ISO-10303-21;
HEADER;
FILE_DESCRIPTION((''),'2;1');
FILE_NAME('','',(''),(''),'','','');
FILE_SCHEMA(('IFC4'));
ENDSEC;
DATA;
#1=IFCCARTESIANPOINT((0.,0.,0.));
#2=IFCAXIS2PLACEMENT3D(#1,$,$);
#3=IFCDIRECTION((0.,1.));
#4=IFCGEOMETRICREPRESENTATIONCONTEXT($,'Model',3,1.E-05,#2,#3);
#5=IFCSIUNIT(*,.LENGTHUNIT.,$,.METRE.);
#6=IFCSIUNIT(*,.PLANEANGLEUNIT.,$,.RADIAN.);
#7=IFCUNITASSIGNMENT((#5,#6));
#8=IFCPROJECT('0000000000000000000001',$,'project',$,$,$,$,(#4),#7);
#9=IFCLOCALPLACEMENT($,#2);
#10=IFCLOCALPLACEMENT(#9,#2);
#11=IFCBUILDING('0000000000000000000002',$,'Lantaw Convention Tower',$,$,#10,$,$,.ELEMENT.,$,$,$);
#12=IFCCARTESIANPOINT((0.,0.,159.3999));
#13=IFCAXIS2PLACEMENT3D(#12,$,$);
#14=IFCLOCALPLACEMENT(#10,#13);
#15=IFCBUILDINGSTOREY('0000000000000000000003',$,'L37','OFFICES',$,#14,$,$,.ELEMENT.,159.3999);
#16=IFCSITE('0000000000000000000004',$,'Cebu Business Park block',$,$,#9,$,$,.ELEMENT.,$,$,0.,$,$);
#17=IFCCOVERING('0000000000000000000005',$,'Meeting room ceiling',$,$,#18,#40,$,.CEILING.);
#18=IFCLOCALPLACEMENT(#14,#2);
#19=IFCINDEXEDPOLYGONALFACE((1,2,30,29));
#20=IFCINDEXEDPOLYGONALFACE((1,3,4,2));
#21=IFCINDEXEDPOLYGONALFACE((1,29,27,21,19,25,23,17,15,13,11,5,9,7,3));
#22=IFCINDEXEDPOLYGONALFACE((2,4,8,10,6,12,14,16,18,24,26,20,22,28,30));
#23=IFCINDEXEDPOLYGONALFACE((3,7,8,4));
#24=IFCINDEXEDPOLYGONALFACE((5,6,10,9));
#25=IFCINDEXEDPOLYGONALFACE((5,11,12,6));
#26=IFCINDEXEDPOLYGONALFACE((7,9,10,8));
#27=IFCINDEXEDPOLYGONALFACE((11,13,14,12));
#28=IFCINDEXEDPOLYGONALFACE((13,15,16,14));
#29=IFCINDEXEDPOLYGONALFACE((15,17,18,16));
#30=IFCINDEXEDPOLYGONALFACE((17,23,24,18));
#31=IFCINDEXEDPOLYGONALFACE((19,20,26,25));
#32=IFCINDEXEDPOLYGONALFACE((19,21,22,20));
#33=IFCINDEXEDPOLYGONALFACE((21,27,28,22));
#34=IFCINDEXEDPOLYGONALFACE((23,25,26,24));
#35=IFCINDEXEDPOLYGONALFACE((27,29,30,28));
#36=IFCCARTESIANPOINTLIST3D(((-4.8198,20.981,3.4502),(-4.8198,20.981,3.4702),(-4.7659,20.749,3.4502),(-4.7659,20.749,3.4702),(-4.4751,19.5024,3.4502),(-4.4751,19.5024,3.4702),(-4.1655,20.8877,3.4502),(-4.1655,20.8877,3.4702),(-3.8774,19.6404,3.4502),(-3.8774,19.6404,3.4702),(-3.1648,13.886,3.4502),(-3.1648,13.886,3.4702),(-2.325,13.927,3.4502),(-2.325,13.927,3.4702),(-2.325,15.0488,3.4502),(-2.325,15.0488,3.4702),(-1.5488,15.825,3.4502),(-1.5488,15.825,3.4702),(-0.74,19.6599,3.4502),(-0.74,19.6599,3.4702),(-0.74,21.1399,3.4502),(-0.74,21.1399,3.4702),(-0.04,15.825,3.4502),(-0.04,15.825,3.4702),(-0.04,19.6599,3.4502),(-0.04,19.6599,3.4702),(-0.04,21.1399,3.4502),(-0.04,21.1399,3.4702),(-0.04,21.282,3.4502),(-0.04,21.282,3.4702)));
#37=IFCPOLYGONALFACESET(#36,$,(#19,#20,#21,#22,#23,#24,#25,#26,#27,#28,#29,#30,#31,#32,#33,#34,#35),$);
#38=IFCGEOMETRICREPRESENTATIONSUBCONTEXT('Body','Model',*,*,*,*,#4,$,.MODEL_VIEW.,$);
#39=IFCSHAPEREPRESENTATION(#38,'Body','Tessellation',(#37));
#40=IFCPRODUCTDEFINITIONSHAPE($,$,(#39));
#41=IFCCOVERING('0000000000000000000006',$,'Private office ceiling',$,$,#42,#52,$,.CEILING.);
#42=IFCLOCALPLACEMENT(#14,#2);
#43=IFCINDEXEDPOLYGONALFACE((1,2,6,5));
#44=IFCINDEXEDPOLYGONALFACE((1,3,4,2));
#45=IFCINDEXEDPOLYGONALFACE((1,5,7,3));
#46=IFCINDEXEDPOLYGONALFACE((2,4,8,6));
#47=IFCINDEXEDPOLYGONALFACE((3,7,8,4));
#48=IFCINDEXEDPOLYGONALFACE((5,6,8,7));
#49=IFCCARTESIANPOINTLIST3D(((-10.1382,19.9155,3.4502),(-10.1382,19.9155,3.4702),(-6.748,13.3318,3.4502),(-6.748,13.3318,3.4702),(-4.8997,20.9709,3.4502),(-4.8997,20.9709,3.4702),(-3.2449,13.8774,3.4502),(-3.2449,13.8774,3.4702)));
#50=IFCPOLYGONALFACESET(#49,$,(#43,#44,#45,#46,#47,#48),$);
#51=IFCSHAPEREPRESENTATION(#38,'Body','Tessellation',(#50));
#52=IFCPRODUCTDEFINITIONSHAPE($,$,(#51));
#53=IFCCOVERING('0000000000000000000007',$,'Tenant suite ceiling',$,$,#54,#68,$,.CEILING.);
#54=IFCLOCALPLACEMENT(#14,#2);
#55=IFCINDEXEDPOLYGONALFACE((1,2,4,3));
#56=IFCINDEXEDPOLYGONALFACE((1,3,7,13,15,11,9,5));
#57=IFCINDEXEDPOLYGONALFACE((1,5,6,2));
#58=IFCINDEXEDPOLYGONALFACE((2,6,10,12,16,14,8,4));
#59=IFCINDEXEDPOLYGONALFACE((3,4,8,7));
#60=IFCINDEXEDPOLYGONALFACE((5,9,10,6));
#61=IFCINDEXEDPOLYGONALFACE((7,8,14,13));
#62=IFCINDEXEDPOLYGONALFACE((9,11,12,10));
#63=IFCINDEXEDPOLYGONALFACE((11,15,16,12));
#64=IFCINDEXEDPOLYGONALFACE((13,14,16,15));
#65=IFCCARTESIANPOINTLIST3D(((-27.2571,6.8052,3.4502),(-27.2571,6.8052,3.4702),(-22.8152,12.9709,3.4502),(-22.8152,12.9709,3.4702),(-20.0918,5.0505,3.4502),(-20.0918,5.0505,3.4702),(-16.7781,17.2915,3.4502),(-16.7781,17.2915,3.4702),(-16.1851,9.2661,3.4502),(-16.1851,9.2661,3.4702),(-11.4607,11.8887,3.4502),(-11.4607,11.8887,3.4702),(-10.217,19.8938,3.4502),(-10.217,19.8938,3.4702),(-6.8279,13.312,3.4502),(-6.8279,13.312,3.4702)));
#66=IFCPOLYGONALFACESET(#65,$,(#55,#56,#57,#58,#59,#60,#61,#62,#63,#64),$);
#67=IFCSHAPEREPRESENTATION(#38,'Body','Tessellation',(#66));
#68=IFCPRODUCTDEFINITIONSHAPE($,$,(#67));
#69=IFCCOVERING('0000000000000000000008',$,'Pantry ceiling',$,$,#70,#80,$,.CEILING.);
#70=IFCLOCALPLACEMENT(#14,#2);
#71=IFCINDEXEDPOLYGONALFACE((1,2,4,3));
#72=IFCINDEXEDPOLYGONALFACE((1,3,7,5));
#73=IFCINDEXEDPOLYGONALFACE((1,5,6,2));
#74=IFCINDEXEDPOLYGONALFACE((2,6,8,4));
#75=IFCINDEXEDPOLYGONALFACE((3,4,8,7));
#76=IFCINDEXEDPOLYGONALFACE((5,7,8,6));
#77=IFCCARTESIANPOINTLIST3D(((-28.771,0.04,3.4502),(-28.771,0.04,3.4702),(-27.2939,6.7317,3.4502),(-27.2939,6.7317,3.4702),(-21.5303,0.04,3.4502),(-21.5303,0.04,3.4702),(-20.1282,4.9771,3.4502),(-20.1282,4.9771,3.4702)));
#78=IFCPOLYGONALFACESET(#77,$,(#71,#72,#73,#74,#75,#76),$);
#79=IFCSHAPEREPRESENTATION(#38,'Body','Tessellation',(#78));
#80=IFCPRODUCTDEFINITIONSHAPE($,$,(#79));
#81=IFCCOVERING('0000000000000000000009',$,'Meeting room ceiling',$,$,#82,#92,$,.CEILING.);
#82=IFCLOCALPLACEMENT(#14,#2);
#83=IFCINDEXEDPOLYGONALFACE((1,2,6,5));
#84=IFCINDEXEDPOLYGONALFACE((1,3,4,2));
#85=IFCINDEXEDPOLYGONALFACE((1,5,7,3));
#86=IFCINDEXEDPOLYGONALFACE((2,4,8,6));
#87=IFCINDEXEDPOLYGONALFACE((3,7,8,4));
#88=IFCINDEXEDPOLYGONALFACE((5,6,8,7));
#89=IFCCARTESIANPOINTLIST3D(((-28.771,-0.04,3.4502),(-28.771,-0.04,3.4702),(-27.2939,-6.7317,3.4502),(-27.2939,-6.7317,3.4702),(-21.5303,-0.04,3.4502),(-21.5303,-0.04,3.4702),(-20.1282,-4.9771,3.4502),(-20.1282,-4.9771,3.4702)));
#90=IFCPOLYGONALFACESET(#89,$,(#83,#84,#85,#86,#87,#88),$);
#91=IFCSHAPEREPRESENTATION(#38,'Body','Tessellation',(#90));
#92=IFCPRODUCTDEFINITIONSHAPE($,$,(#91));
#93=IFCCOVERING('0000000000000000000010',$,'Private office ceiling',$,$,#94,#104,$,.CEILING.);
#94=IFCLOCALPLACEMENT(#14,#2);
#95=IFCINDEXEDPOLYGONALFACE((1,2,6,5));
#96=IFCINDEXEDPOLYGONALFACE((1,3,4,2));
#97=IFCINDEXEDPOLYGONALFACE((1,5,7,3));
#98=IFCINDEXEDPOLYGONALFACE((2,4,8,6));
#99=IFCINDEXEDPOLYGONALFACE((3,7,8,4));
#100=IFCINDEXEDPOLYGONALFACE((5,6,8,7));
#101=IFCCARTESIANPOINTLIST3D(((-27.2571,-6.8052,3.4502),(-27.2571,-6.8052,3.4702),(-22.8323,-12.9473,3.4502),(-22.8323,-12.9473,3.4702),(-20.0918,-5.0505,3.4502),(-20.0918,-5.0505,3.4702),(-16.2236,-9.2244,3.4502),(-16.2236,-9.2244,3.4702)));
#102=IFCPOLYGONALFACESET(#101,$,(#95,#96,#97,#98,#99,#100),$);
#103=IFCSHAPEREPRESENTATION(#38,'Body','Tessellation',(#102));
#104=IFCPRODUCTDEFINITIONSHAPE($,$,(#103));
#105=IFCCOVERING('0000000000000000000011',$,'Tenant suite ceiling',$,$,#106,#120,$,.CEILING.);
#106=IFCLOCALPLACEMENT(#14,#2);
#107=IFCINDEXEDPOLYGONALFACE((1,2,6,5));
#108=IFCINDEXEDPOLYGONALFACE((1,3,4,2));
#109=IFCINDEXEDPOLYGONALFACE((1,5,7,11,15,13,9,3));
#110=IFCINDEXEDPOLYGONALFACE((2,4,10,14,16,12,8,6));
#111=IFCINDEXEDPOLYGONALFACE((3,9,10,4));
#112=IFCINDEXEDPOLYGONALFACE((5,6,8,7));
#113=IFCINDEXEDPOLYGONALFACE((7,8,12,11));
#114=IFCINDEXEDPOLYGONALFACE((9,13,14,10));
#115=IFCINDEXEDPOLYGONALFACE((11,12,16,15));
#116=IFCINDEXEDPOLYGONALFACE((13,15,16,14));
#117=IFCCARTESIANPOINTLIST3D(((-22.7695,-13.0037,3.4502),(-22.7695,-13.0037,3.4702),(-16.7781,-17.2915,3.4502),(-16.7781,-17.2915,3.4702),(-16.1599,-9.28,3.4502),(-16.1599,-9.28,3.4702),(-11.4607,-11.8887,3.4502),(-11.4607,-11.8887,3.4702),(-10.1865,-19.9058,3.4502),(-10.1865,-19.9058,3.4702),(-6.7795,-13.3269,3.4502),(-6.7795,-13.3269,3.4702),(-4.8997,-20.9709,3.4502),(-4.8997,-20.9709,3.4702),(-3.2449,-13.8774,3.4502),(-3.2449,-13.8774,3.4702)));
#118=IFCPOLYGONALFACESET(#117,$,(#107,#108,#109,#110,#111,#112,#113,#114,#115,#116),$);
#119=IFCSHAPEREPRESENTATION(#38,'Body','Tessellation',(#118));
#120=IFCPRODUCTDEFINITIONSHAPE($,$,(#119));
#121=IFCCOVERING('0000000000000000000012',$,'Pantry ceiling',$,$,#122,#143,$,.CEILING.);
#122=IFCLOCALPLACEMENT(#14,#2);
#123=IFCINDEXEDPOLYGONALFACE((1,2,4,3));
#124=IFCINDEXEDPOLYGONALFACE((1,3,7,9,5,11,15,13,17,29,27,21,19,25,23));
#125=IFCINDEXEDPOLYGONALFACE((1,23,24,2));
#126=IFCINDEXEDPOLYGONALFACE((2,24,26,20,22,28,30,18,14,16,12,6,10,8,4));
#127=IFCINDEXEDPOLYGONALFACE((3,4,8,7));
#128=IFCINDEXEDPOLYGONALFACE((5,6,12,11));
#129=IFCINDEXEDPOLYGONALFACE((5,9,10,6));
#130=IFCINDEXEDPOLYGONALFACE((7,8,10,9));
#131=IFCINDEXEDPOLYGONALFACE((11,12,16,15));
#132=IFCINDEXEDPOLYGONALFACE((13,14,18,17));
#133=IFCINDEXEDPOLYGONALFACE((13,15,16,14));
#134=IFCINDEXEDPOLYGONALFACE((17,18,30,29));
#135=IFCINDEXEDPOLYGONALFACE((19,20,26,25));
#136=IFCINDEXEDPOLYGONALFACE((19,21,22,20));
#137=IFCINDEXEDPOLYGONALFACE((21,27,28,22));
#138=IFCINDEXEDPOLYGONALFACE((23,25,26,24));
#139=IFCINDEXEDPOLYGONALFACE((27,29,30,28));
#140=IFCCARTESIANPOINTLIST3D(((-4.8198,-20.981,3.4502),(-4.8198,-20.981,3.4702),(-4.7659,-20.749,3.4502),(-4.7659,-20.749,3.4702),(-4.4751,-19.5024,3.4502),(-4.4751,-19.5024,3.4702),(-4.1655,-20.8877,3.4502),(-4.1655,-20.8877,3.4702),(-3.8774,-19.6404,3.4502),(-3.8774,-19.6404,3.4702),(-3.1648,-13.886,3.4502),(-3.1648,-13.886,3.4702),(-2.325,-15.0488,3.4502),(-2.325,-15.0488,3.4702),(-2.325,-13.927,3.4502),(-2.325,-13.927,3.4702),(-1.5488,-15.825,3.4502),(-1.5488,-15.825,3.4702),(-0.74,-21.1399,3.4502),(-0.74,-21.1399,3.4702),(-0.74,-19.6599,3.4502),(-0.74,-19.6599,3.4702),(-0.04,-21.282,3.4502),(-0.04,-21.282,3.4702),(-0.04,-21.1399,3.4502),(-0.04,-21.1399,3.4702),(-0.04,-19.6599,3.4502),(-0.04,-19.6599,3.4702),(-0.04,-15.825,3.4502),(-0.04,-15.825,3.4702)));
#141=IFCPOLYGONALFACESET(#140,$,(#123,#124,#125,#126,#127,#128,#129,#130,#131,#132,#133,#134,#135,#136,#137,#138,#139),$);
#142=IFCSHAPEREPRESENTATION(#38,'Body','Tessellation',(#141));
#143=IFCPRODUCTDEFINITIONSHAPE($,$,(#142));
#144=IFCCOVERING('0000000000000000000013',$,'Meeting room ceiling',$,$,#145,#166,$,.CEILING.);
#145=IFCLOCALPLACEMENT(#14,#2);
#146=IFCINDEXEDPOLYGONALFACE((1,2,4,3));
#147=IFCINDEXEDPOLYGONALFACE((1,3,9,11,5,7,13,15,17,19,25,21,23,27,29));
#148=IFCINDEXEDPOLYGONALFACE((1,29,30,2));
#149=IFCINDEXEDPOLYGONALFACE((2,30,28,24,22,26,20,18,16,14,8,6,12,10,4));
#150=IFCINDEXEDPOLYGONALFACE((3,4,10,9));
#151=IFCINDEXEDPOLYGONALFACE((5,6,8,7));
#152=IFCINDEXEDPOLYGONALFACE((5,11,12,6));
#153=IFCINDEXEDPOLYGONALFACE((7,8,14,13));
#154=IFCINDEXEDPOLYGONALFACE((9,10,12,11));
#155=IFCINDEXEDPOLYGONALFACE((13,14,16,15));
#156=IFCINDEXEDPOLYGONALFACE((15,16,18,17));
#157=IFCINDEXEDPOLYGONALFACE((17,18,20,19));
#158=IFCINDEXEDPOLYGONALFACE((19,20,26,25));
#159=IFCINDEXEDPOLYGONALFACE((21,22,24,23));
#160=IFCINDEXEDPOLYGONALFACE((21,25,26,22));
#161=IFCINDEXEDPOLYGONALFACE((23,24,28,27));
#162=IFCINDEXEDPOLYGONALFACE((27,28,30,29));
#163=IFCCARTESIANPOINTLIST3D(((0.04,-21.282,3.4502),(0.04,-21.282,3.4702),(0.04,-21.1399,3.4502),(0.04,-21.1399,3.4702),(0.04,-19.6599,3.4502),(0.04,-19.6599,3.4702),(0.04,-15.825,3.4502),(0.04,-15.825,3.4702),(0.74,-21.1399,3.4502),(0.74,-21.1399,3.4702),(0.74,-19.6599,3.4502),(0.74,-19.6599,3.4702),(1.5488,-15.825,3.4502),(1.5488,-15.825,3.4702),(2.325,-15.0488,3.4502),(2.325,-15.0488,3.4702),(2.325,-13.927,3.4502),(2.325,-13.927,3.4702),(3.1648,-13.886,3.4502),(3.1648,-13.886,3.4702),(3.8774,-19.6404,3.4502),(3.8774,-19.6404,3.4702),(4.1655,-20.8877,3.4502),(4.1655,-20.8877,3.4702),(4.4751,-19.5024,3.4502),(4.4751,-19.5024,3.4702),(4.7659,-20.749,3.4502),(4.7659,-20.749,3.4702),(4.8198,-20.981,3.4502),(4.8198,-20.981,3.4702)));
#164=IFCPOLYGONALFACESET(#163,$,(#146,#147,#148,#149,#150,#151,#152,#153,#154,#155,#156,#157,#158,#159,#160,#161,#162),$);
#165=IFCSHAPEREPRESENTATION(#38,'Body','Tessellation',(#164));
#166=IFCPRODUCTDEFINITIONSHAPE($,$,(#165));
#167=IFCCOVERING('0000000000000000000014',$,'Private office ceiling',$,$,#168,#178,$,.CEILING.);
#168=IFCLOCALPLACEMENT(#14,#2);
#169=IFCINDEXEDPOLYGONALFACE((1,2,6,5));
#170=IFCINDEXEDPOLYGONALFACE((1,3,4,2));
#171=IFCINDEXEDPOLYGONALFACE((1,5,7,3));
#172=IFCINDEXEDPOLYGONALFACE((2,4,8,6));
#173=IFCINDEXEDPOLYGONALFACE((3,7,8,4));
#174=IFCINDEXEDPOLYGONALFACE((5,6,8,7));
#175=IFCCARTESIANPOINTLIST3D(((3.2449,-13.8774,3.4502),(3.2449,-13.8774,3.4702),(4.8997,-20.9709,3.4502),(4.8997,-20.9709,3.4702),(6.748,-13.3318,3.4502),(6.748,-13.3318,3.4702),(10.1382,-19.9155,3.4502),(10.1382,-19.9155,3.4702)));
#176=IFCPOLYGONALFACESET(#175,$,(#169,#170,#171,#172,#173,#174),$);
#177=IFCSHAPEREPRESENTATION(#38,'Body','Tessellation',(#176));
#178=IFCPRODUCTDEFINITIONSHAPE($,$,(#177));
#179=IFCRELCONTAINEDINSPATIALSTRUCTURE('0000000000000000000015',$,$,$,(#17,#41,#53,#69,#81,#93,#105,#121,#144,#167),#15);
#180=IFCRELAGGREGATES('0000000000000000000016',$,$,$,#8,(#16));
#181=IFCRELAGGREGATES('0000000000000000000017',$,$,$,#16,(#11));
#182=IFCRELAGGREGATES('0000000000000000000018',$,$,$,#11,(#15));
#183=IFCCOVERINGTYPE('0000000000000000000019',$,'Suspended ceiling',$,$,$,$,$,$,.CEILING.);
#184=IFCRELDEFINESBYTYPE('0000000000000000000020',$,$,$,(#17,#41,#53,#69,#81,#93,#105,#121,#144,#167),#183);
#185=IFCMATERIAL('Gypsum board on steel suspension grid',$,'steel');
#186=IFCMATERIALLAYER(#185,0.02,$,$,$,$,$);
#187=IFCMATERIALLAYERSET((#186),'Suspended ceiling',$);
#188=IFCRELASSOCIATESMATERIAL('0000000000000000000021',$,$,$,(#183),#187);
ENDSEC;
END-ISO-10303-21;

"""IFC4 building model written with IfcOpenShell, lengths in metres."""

from ifc_helpers import new_model, si_unit, direction, frame, origin, place, context, subcontext, project, spatial, polyline, outline, extrude, material, layer, layer_set, type_object, element, save


model = new_model("IFC4")

# Units and contexts
model_context = context("Model", 3, precision=1e-05, world=origin(), true_north=direction((0.0, 1.0)))
body_context = subcontext(model_context, "Body", "Model", "MODEL_VIEW")
ifc_project = project(units=[si_unit("LENGTHUNIT", "METRE"), si_unit("PLANEANGLEUNIT", "RADIAN")], contexts=[model_context])

# Site, building, storey
site_placement = place(None, origin())
site = spatial("IfcSite", under=ifc_project, at=site_placement, Name="Cebu Business Park block", CompositionType="ELEMENT", RefElevation=0.0)
building_placement = place(site_placement, origin())
building = spatial("IfcBuilding", under=site, at=building_placement, Name="Lantaw Convention Tower", CompositionType="ELEMENT")
storey_placement = place(building_placement, frame((0.0, 0.0, 159.3999)))
storey = spatial("IfcBuildingStorey", under=building, at=storey_placement, Name="L37", Description="OFFICES", CompositionType="ELEMENT", Elevation=159.3999)

# Coverings
ifc_material_1 = material(Name="Gypsum board on steel suspension grid", Category="steel")
ifc_layer_1 = layer(ifc_material_1, 0.02)
ifc_layer_set_1 = layer_set([ifc_layer_1], Name="Suspended ceiling")
covering_type = type_object("IfcCoveringType", Name="Suspended ceiling", PredefinedType="CEILING", material=ifc_layer_set_1)
covering_1_placement = place(storey_placement, frame((0.0, 0.0, 3.4502)))
element("IfcCovering", 1, at=covering_1_placement, inside=storey, type_object=covering_type, Name="Meeting room ceiling", PredefinedType="CEILING", context=body_context, shape_type="SweptSolid", body=[
    extrude(outline(polyline([(-4.4751, 19.5024), (-3.1648, 13.886), (-2.325, 13.927), (-2.325, 15.0488), (-1.5488, 15.825), (-0.04, 15.825), (-0.04, 19.6599), (-0.74, 19.6599), (-0.74, 21.1399), (-0.04, 21.1399), (-0.04, 21.282), (-4.8198, 20.981), (-4.7659, 20.749), (-4.1655, 20.8877), (-3.8774, 19.6404), (-4.4751, 19.5024)])), origin(), (0.0, 0.0, 1.0), 0.02),
])
covering_2_placement = place(storey_placement, frame((0.0, 0.0, 3.4502)))
element("IfcCovering", 2, at=covering_2_placement, inside=storey, type_object=covering_type, Name="Private office ceiling", PredefinedType="CEILING", context=body_context, shape_type="SweptSolid", body=[
    extrude(outline(polyline([(-3.2449, 13.8774), (-4.8997, 20.9709), (-10.1382, 19.9155), (-6.748, 13.3318), (-3.2449, 13.8774)])), origin(), (0.0, 0.0, 1.0), 0.02),
])
covering_3_placement = place(storey_placement, frame((0.0, 0.0, 3.4502)))
element("IfcCovering", 3, at=covering_3_placement, inside=storey, type_object=covering_type, Name="Tenant suite ceiling", PredefinedType="CEILING", context=body_context, shape_type="SweptSolid", body=[
    extrude(outline(polyline([(-6.8279, 13.312), (-10.217, 19.8938), (-16.7781, 17.2915), (-22.8152, 12.9709), (-27.2571, 6.8052), (-20.0918, 5.0505), (-16.1851, 9.2661), (-11.4607, 11.8887), (-6.8279, 13.312)])), origin(), (0.0, 0.0, 1.0), 0.02),
])
covering_4_placement = place(storey_placement, frame((0.0, 0.0, 3.4502)))
element("IfcCovering", 4, at=covering_4_placement, inside=storey, type_object=covering_type, Name="Pantry ceiling", PredefinedType="CEILING", context=body_context, shape_type="SweptSolid", body=[
    extrude(outline(polyline([(-20.1282, 4.9771), (-27.2939, 6.7317), (-28.771, 0.04), (-21.5303, 0.04), (-20.1282, 4.9771)])), origin(), (0.0, 0.0, 1.0), 0.02),
])
covering_5_placement = place(storey_placement, frame((0.0, 0.0, 3.4502)))
element("IfcCovering", 5, at=covering_5_placement, inside=storey, type_object=covering_type, Name="Meeting room ceiling", PredefinedType="CEILING", context=body_context, shape_type="SweptSolid", body=[
    extrude(outline(polyline([(-21.5303, -0.04), (-28.771, -0.04), (-27.2939, -6.7317), (-20.1282, -4.9771), (-21.5303, -0.04)])), origin(), (0.0, 0.0, 1.0), 0.02),
])
covering_6_placement = place(storey_placement, frame((0.0, 0.0, 3.4502)))
element("IfcCovering", 6, at=covering_6_placement, inside=storey, type_object=covering_type, Name="Private office ceiling", PredefinedType="CEILING", context=body_context, shape_type="SweptSolid", body=[
    extrude(outline(polyline([(-20.0918, -5.0505), (-27.2571, -6.8052), (-22.8323, -12.9473), (-16.2236, -9.2244), (-20.0918, -5.0505)])), origin(), (0.0, 0.0, 1.0), 0.02),
])
covering_7_placement = place(storey_placement, frame((0.0, 0.0, 3.4502)))
element("IfcCovering", 7, at=covering_7_placement, inside=storey, type_object=covering_type, Name="Tenant suite ceiling", PredefinedType="CEILING", context=body_context, shape_type="SweptSolid", body=[
    extrude(outline(polyline([(-16.1599, -9.28), (-22.7695, -13.0037), (-16.7781, -17.2915), (-10.1865, -19.9058), (-4.8997, -20.9709), (-3.2449, -13.8774), (-6.7795, -13.3269), (-11.4607, -11.8887), (-16.1599, -9.28)])), origin(), (0.0, 0.0, 1.0), 0.02),
])
covering_8_placement = place(storey_placement, frame((0.0, 0.0, 3.4502)))
element("IfcCovering", 8, at=covering_8_placement, inside=storey, type_object=covering_type, Name="Pantry ceiling", PredefinedType="CEILING", context=body_context, shape_type="SweptSolid", body=[
    extrude(outline(polyline([(-2.325, -15.0488), (-2.325, -13.927), (-3.1648, -13.886), (-4.4751, -19.5024), (-3.8774, -19.6404), (-4.1655, -20.8877), (-4.7659, -20.749), (-4.8198, -20.981), (-0.04, -21.282), (-0.04, -21.1399), (-0.74, -21.1399), (-0.74, -19.6599), (-0.04, -19.6599), (-0.04, -15.825), (-1.5488, -15.825), (-2.325, -15.0488)])), origin(), (0.0, 0.0, 1.0), 0.02),
])
covering_9_placement = place(storey_placement, frame((0.0, 0.0, 3.4502)))
element("IfcCovering", 9, at=covering_9_placement, inside=storey, type_object=covering_type, Name="Meeting room ceiling", PredefinedType="CEILING", context=body_context, shape_type="SweptSolid", body=[
    extrude(outline(polyline([(4.4751, -19.5024), (3.1648, -13.886), (2.325, -13.927), (2.325, -15.0488), (1.5488, -15.825), (0.04, -15.825), (0.04, -19.6599), (0.74, -19.6599), (0.74, -21.1399), (0.04, -21.1399), (0.04, -21.282), (4.8198, -20.981), (4.7659, -20.749), (4.1655, -20.8877), (3.8774, -19.6404), (4.4751, -19.5024)])), origin(), (0.0, 0.0, 1.0), 0.02),
])
covering_10_placement = place(storey_placement, frame((0.0, 0.0, 3.4502)))
element("IfcCovering", 10, at=covering_10_placement, inside=storey, type_object=covering_type, Name="Private office ceiling", PredefinedType="CEILING", context=body_context, shape_type="SweptSolid", body=[
    extrude(outline(polyline([(3.2449, -13.8774), (4.8997, -20.9709), (10.1382, -19.9155), (6.748, -13.3318), (3.2449, -13.8774)])), origin(), (0.0, 0.0, 1.0), 0.02),
])

save(model, "model.ifc")
